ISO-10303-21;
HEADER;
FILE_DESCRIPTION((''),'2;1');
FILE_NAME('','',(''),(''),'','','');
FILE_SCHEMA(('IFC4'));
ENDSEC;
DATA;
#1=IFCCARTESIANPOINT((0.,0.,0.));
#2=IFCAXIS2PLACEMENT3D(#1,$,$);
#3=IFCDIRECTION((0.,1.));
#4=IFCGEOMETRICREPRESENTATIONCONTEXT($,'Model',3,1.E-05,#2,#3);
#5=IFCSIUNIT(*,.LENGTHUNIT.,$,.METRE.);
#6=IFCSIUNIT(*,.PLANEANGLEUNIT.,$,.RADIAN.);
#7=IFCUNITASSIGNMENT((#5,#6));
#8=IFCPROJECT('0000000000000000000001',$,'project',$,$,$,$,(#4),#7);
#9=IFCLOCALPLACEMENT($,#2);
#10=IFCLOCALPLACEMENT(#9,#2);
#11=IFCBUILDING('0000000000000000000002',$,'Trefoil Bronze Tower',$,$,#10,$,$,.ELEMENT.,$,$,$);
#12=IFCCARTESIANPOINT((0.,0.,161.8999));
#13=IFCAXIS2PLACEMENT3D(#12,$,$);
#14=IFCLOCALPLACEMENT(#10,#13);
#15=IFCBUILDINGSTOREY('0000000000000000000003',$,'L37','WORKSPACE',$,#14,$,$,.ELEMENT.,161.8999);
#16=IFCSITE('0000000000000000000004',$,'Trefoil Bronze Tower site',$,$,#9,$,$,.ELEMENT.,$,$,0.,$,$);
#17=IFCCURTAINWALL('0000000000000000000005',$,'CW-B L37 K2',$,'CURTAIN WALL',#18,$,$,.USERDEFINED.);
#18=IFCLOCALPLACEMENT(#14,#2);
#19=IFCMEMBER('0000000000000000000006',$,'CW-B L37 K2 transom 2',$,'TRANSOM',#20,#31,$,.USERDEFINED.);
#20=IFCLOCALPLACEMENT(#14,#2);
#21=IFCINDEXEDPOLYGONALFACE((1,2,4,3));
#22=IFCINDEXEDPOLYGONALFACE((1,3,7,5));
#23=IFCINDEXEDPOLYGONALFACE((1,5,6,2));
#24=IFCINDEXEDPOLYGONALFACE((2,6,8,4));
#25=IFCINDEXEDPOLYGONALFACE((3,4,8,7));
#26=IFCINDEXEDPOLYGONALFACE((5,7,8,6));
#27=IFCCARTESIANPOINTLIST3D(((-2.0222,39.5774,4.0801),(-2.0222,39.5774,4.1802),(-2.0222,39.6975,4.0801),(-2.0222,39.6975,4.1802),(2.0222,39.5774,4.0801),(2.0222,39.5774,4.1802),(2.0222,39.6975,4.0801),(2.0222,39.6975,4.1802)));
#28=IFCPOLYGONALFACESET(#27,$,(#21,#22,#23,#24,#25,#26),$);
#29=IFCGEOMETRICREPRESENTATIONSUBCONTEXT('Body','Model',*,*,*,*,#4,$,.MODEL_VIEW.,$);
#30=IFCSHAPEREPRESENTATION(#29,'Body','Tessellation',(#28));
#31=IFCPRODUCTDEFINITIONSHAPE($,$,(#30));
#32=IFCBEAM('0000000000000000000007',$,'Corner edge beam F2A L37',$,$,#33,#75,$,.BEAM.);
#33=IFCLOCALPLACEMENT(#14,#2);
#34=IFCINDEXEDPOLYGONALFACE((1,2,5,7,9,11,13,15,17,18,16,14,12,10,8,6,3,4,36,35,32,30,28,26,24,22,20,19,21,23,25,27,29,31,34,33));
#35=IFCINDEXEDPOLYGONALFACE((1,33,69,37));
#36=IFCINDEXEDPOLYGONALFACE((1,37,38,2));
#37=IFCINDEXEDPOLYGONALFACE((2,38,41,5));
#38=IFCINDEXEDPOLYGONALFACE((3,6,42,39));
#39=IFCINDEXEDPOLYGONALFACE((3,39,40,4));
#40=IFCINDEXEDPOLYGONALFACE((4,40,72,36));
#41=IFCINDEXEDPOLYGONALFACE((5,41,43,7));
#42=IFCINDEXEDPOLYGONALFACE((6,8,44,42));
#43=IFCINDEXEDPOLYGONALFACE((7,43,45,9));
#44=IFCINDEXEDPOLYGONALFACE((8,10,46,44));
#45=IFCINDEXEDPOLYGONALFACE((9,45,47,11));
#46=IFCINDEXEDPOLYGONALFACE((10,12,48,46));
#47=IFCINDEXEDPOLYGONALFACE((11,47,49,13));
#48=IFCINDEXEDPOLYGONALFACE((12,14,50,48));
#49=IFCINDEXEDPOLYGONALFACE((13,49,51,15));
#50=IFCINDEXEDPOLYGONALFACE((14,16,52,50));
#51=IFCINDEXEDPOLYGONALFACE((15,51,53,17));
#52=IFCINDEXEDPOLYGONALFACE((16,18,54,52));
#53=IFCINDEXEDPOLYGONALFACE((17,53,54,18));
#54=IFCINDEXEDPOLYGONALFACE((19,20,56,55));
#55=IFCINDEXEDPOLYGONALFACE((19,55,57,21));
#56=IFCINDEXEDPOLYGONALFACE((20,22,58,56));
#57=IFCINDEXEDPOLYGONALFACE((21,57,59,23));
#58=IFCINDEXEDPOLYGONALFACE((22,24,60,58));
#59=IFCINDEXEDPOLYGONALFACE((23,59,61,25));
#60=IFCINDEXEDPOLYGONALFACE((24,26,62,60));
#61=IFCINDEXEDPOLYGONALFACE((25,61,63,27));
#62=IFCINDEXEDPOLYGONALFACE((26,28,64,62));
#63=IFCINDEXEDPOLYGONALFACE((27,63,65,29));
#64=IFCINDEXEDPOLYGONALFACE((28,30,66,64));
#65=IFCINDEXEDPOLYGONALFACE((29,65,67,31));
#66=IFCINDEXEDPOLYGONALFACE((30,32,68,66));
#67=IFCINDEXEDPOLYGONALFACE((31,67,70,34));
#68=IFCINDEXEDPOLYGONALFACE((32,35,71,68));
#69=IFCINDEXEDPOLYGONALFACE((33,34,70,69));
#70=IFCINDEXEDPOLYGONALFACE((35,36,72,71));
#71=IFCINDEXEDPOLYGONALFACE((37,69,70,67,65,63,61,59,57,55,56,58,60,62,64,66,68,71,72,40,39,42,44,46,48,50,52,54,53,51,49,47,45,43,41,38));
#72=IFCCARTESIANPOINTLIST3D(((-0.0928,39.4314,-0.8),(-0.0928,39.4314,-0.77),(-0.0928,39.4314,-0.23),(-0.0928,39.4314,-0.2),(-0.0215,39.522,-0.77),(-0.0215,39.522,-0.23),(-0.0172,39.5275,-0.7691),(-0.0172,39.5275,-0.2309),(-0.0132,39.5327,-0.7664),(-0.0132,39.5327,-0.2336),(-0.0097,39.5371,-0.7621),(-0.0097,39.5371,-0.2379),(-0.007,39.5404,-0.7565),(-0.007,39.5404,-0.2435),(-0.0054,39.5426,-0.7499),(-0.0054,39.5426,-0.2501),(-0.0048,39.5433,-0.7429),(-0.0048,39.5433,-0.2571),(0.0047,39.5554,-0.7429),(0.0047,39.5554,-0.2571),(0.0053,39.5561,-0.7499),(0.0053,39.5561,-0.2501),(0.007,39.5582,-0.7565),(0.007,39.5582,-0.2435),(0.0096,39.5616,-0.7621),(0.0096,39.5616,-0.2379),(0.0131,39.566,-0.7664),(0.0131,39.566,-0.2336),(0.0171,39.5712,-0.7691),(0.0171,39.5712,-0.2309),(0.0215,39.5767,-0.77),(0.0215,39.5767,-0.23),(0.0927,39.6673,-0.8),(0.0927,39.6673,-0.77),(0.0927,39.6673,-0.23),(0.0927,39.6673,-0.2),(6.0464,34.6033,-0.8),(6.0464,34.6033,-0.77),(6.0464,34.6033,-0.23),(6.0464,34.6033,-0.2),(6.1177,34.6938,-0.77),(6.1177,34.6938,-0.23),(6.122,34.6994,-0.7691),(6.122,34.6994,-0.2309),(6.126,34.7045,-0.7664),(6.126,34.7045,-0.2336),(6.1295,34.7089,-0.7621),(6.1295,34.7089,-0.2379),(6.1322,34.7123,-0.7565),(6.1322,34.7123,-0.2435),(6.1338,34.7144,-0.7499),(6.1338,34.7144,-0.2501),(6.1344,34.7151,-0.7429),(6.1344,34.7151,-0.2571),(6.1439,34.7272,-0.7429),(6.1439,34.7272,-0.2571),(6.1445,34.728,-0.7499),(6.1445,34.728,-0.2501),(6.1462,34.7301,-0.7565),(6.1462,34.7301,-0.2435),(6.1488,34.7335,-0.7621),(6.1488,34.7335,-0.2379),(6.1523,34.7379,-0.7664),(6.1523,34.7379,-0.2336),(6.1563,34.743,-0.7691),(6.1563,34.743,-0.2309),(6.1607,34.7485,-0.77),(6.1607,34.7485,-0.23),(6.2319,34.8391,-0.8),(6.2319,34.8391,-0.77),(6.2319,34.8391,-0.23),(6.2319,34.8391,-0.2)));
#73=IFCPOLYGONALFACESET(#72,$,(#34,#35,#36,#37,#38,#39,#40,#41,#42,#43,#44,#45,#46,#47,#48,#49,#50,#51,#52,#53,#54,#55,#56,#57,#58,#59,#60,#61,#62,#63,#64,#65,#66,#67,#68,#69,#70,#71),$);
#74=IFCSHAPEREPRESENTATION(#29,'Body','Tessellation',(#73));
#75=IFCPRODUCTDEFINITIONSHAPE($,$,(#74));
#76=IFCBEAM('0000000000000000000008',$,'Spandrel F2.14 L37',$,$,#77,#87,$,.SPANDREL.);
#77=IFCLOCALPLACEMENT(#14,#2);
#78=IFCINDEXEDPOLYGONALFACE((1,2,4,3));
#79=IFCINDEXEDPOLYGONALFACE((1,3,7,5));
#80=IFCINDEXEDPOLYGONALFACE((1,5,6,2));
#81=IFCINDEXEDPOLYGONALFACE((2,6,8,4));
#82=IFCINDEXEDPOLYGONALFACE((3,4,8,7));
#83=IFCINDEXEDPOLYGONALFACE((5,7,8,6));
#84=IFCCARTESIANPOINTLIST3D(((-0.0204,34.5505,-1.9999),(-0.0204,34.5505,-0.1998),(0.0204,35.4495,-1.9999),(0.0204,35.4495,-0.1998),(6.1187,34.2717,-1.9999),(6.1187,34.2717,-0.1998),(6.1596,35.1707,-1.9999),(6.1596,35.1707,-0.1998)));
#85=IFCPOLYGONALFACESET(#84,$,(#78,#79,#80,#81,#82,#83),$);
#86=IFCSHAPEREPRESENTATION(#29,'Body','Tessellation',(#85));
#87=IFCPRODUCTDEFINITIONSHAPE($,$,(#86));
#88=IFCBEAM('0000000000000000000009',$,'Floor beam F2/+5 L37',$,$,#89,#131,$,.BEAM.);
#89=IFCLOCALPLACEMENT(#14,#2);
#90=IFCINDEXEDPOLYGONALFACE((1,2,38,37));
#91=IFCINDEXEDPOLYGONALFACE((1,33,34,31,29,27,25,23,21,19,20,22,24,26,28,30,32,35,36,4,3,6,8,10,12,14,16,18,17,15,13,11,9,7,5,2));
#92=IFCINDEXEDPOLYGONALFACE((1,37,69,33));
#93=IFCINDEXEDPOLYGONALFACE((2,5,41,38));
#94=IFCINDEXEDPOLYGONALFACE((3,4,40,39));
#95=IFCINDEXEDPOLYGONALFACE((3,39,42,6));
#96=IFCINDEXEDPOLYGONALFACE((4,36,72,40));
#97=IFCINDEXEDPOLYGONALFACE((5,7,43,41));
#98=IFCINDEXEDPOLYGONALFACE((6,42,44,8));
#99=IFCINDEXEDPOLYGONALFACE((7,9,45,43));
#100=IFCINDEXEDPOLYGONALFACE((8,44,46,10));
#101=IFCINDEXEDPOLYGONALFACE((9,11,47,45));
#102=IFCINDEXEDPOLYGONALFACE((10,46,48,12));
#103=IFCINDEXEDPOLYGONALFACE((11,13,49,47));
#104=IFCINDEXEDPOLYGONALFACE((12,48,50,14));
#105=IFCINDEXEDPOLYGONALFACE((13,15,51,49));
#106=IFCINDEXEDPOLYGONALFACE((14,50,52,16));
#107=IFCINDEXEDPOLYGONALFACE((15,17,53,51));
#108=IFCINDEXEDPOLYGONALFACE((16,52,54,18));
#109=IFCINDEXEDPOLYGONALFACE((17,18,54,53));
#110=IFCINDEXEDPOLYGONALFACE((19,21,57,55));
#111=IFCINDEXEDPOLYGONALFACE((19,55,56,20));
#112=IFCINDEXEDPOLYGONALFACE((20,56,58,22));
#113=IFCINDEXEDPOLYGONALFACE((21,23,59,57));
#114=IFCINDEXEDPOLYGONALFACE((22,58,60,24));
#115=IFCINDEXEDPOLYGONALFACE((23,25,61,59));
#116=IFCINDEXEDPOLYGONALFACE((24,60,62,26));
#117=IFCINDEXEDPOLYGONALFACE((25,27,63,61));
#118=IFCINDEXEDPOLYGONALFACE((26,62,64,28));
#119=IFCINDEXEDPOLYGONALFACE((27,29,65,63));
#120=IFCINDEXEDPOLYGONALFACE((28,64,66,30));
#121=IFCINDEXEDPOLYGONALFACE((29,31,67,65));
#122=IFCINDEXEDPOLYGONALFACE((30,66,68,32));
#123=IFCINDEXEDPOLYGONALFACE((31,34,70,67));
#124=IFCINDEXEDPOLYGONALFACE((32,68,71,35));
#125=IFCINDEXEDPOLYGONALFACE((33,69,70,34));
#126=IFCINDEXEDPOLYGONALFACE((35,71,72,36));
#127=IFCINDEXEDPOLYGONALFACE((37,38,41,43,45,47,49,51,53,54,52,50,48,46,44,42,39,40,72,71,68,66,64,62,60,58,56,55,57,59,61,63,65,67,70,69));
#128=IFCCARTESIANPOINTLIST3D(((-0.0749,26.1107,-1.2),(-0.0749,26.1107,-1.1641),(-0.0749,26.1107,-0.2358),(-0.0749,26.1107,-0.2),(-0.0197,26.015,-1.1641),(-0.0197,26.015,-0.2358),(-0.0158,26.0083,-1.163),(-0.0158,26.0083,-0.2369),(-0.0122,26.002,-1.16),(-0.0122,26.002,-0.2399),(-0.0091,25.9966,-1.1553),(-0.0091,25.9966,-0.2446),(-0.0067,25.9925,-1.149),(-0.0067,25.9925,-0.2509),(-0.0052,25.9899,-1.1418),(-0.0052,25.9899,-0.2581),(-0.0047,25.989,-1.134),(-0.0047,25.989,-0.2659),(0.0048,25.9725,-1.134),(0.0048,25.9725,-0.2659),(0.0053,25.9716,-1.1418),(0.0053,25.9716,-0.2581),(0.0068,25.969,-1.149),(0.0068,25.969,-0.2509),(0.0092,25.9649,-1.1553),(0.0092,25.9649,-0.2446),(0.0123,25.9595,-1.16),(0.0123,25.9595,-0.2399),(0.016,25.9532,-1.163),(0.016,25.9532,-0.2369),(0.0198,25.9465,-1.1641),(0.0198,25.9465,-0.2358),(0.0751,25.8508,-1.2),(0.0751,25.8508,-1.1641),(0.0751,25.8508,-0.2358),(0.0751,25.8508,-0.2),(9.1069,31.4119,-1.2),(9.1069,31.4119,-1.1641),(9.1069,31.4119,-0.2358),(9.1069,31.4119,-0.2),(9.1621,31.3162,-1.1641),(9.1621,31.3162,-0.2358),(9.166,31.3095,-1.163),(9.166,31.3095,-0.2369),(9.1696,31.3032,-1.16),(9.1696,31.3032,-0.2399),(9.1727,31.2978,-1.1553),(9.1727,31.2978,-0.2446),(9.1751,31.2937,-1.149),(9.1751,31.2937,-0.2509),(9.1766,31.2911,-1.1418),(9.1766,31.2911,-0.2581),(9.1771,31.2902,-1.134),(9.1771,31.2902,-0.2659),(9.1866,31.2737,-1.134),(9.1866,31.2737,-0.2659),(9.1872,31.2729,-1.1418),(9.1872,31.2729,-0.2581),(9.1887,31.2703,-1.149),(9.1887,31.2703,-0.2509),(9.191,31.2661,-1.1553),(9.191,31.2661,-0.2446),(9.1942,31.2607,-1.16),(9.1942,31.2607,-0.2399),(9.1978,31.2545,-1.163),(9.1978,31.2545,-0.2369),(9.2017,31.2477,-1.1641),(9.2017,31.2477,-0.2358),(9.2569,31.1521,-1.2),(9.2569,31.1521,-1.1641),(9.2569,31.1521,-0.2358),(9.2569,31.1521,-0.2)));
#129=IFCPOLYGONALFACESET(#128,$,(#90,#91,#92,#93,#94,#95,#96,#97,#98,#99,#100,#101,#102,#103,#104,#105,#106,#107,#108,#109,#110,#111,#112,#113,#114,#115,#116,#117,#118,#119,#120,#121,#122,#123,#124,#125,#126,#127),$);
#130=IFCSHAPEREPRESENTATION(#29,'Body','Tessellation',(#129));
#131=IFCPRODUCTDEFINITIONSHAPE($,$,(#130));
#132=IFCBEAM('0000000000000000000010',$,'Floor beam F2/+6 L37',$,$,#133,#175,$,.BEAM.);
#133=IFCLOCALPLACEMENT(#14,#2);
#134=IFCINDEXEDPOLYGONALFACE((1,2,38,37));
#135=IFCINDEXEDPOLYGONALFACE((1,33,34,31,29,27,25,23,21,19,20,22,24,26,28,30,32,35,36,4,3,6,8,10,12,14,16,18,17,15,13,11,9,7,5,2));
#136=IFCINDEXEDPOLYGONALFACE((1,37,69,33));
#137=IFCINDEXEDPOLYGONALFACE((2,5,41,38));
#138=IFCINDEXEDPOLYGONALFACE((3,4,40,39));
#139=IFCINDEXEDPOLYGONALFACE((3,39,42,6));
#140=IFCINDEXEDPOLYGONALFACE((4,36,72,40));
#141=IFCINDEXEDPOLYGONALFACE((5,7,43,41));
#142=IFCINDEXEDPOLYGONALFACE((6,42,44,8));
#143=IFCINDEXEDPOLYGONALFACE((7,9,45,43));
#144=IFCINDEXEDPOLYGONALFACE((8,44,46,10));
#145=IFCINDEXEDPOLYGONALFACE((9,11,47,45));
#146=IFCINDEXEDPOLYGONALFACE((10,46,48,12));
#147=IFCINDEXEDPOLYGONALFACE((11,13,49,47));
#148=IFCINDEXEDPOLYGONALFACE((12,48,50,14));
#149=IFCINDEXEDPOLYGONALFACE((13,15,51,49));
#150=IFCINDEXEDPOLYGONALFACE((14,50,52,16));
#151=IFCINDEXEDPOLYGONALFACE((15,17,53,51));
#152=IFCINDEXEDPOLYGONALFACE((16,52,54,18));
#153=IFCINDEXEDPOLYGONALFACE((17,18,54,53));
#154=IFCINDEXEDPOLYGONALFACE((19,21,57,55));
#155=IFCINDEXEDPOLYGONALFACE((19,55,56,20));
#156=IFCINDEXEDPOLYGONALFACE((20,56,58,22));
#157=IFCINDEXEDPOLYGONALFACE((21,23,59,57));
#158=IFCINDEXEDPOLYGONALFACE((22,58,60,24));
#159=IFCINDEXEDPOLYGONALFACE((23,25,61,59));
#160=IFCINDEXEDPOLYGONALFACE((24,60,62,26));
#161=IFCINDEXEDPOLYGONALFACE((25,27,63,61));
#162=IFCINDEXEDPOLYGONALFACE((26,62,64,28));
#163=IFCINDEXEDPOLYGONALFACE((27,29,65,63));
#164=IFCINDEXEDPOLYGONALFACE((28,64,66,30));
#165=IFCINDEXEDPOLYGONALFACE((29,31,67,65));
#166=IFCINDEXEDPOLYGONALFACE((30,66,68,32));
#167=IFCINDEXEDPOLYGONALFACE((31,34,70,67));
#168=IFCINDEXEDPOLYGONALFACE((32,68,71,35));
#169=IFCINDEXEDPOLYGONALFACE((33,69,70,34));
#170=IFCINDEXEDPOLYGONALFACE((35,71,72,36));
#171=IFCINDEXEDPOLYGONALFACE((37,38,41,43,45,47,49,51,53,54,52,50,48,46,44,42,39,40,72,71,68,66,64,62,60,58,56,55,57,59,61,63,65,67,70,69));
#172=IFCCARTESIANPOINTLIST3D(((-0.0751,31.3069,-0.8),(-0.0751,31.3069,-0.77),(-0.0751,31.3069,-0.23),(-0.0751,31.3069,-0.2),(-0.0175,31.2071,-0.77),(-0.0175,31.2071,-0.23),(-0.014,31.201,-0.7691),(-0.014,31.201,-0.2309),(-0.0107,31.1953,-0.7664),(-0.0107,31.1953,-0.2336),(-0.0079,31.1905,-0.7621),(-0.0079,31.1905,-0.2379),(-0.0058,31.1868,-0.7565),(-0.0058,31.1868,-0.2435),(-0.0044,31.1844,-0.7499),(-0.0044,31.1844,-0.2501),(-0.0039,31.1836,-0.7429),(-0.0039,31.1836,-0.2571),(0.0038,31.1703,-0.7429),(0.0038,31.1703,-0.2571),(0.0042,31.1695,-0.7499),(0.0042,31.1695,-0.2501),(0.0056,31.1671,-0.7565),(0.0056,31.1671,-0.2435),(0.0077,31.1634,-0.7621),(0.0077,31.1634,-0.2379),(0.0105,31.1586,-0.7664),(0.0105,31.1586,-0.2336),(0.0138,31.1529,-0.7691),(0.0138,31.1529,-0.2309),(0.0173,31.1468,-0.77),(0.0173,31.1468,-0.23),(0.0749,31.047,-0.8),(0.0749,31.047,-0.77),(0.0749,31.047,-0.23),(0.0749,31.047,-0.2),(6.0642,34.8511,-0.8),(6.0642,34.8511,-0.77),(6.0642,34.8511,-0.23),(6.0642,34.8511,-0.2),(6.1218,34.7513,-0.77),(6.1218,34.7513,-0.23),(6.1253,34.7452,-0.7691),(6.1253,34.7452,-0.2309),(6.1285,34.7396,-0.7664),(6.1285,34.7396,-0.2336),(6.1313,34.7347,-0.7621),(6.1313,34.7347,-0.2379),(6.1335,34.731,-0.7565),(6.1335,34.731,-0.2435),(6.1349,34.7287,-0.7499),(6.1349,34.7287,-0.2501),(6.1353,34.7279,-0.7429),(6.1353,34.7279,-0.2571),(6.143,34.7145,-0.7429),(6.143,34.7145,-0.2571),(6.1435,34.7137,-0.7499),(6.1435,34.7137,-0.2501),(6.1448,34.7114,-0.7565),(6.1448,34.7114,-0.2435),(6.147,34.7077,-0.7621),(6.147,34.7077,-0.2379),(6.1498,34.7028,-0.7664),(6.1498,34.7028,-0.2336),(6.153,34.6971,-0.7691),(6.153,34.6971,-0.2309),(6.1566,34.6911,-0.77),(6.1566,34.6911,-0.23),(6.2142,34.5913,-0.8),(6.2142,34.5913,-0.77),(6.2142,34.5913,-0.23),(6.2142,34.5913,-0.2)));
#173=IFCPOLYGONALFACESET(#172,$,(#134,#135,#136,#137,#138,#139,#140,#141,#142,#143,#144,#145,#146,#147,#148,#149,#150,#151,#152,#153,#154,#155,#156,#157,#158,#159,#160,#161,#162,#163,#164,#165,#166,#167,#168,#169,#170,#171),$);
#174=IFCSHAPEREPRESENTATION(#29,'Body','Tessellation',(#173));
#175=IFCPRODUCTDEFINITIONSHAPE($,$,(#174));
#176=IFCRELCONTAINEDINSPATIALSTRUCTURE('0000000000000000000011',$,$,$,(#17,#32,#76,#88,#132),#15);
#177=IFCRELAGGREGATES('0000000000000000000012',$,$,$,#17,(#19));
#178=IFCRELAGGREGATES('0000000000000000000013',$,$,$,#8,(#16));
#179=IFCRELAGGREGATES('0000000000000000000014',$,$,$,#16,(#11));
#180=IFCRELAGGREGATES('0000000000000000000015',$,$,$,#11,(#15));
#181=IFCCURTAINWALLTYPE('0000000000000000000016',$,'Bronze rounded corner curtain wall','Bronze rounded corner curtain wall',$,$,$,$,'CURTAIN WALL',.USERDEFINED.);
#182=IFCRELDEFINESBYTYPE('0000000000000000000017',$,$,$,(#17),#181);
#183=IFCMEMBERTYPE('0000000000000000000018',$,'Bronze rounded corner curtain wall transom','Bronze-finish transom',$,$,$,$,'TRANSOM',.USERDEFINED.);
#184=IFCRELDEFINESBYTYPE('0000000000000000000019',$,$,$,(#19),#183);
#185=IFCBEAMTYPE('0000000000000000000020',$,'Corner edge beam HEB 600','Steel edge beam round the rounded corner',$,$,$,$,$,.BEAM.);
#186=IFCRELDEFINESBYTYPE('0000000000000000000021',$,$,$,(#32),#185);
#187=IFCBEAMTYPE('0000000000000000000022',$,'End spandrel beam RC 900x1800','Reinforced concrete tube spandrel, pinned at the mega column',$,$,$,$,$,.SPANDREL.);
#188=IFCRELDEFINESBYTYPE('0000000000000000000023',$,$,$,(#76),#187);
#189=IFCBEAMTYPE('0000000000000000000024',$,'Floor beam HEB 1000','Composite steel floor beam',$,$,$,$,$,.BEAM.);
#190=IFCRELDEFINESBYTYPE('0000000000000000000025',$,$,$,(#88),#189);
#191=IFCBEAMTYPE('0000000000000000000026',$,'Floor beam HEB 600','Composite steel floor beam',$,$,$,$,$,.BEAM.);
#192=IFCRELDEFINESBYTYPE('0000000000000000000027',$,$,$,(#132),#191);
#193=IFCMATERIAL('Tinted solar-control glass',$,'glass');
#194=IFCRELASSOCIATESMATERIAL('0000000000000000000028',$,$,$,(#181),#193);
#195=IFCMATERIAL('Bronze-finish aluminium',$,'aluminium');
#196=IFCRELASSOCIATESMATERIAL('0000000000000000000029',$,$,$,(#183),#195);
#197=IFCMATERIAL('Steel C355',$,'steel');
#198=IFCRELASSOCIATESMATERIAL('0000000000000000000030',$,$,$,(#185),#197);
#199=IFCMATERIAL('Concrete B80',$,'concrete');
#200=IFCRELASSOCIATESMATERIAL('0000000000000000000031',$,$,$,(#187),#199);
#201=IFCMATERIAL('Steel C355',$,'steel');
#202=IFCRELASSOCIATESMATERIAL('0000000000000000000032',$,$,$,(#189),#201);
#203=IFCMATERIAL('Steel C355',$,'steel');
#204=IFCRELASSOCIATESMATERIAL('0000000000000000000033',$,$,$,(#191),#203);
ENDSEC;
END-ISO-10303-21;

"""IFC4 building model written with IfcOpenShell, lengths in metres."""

from ifc_helpers import new_model, si_unit, direction, frame, origin, origin_2d, place, context, subcontext, project, spatial, rectangle, i_section, extrude, material, material_profile, profile_set, type_object, element, aggregate, save


model = new_model("IFC4")

# Units and contexts
model_context = context("Model", 3, precision=1e-05, world=origin(), true_north=direction((0.0, 1.0)))
body_context = subcontext(model_context, "Body", "Model", "MODEL_VIEW")
ifc_project = project(units=[si_unit("LENGTHUNIT", "METRE"), si_unit("PLANEANGLEUNIT", "RADIAN")], contexts=[model_context])

# Site, building, storey
site_placement = place(None, origin())
site = spatial("IfcSite", under=ifc_project, at=site_placement, Name="Trefoil Bronze Tower site", CompositionType="ELEMENT", RefElevation=0.0)
building_placement = place(site_placement, origin())
building = spatial("IfcBuilding", under=site, at=building_placement, Name="Trefoil Bronze Tower", CompositionType="ELEMENT")
storey_placement = place(building_placement, frame((0.0, 0.0, 161.8999)))
storey = spatial("IfcBuildingStorey", under=building, at=storey_placement, Name="L37", Description="WORKSPACE", CompositionType="ELEMENT", Elevation=161.8999)

# Curtain wall, member
ifc_material_1 = material(Name="Tinted solar-control glass", Category="glass")
curtain_wall_type_1 = type_object("IfcCurtainWallType", Name="Bronze rounded corner curtain wall", Description="Bronze rounded corner curtain wall", ElementType="CURTAIN WALL", PredefinedType="USERDEFINED", material=ifc_material_1)
curtain_wall_1_placement = place(storey_placement, origin())
curtain_wall_1 = element("IfcCurtainWall", 1, at=curtain_wall_1_placement, inside=storey, type_object=curtain_wall_type_1, Name="CW-B L37 K2", ObjectType="CURTAIN WALL", PredefinedType="USERDEFINED")
ifc_material_2 = material(Name="Bronze-finish aluminium", Category="aluminium")
ifc_material_profile_1 = material_profile(ifc_material_2, rectangle(XDim=0.1201, YDim=0.1001, at=origin_2d()), Name="CW-B transom")
ifc_profile_set_1 = profile_set([ifc_material_profile_1], Name="Bronze-finish aluminium")
member_type_1 = type_object("IfcMemberType", Name="Bronze rounded corner curtain wall transom", Description="Bronze-finish transom", ElementType="TRANSOM", PredefinedType="USERDEFINED", material=ifc_profile_set_1)
member_1_placement = place(storey_placement, frame((2.0222, 39.6375, 4.1301), z_axis=(-1.0, 0.0, 0.0), x_axis=(0.0, -1.0, 0.0)))
member_1 = element("IfcMember", 2, at=member_1_placement, type_object=member_type_1, Name="CW-B L37 K2 transom 2", ObjectType="TRANSOM", PredefinedType="USERDEFINED", context=body_context, shape_type="SweptSolid", body=[
    extrude(rectangle(XDim=0.1201, YDim=0.1001, at=origin_2d()), origin(), (0.0, 0.0, 1.0), 4.0444),
])

# Beams
ifc_material_3 = material(Name="Steel C355", Category="steel")
ifc_material_profile_2 = material_profile(ifc_material_3, i_section(OverallWidth=0.3, OverallDepth=0.6001, WebThickness=0.0154, FlangeThickness=0.03, FilletRadius=0.0271, at=origin_2d()), Name="HEB 600")
ifc_profile_set_2 = profile_set([ifc_material_profile_2], Name="Steel C355")
beam_type_1 = type_object("IfcBeamType", Name="Corner edge beam HEB 600", Description="Steel edge beam round the rounded corner", PredefinedType="BEAM", material=ifc_profile_set_2)
beam_1_placement = place(storey_placement, frame((6.1392, 34.7212, -0.5), z_axis=(-0.786038, 0.618178, 0.0), x_axis=(-0.618178, -0.786038, 0.0)))
element("IfcBeam", 3, at=beam_1_placement, inside=storey, type_object=beam_type_1, Name="Corner edge beam F2A L37", PredefinedType="BEAM", context=body_context, shape_type="SweptSolid", body=[
    extrude(i_section(OverallWidth=0.3, OverallDepth=0.6001, WebThickness=0.0154, FlangeThickness=0.03, FilletRadius=0.0271, at=origin_2d()), origin(), (0.0, 0.0, 1.0), 7.8103),
])
ifc_material_4 = material(Name="Concrete B80", Category="concrete")
ifc_material_profile_3 = material_profile(ifc_material_4, rectangle(XDim=0.8999, YDim=1.8, at=origin_2d()), Name="RC 900x1800")
ifc_profile_set_3 = profile_set([ifc_material_profile_3], Name="Concrete B80")
beam_type_2 = type_object("IfcBeamType", Name="End spandrel beam RC 900x1800", Description="Reinforced concrete tube spandrel, pinned at the mega column", PredefinedType="SPANDREL", material=ifc_profile_set_3)
beam_2_placement = place(storey_placement, frame((6.1392, 34.7212, -1.0999), z_axis=(-0.99897, 0.045368, 0.0), x_axis=(-0.045368, -0.99897, 0.0)))
element("IfcBeam", 4, at=beam_2_placement, inside=storey, type_object=beam_type_2, Name="Spandrel F2.14 L37", PredefinedType="SPANDREL", context=body_context, shape_type="SweptSolid", body=[
    extrude(rectangle(XDim=0.8999, YDim=1.8, at=origin_2d()), origin(), (0.0, 0.0, 1.0), 6.1455),
])
ifc_material_5 = material(Name="Steel C355", Category="steel")
ifc_material_profile_4 = material_profile(ifc_material_5, i_section(OverallWidth=0.3, OverallDepth=1.0, WebThickness=0.019, FlangeThickness=0.0359, FilletRadius=0.03, at=origin_2d()), Name="HEB 1000")
ifc_profile_set_4 = profile_set([ifc_material_profile_4], Name="Steel C355")
beam_type_3 = type_object("IfcBeamType", Name="Floor beam HEB 1000", Description="Composite steel floor beam", PredefinedType="BEAM", material=ifc_profile_set_4)
beam_3_placement = place(storey_placement, frame((9.1819, 31.282, -0.7), z_axis=(-0.866021, -0.500007, 0.0), x_axis=(0.500007, -0.866021, 0.0)))
element("IfcBeam", 5, at=beam_3_placement, inside=storey, type_object=beam_type_3, Name="Floor beam F2/+5 L37", PredefinedType="BEAM", context=body_context, shape_type="SweptSolid", body=[
    extrude(i_section(OverallWidth=0.3, OverallDepth=1.0, WebThickness=0.019, FlangeThickness=0.0359, FilletRadius=0.03, at=origin_2d()), origin(), (0.0, 0.0, 1.0), 10.6023),
])
ifc_material_6 = material(Name="Steel C355", Category="steel")
ifc_material_profile_5 = material_profile(ifc_material_6, i_section(OverallWidth=0.3, OverallDepth=0.6001, WebThickness=0.0154, FlangeThickness=0.03, FilletRadius=0.0271, at=origin_2d()), Name="HEB 600")
ifc_profile_set_5 = profile_set([ifc_material_profile_5], Name="Steel C355")
beam_type_4 = type_object("IfcBeamType", Name="Floor beam HEB 600", Description="Composite steel floor beam", PredefinedType="BEAM", material=ifc_profile_set_5)
beam_4_placement = place(storey_placement, frame((6.1392, 34.7212, -0.5), z_axis=(-0.866041, -0.499973, 0.0), x_axis=(0.499973, -0.866041, 0.0)))
element("IfcBeam", 6, at=beam_4_placement, inside=storey, type_object=beam_type_4, Name="Floor beam F2/+6 L37", PredefinedType="BEAM", context=body_context, shape_type="SweptSolid", body=[
    extrude(i_section(OverallWidth=0.3, OverallDepth=0.6001, WebThickness=0.0154, FlangeThickness=0.03, FilletRadius=0.0271, at=origin_2d()), origin(), (0.0, 0.0, 1.0), 7.0889),
])

aggregate(curtain_wall_1, [member_1])

save(model, "model.ifc")
